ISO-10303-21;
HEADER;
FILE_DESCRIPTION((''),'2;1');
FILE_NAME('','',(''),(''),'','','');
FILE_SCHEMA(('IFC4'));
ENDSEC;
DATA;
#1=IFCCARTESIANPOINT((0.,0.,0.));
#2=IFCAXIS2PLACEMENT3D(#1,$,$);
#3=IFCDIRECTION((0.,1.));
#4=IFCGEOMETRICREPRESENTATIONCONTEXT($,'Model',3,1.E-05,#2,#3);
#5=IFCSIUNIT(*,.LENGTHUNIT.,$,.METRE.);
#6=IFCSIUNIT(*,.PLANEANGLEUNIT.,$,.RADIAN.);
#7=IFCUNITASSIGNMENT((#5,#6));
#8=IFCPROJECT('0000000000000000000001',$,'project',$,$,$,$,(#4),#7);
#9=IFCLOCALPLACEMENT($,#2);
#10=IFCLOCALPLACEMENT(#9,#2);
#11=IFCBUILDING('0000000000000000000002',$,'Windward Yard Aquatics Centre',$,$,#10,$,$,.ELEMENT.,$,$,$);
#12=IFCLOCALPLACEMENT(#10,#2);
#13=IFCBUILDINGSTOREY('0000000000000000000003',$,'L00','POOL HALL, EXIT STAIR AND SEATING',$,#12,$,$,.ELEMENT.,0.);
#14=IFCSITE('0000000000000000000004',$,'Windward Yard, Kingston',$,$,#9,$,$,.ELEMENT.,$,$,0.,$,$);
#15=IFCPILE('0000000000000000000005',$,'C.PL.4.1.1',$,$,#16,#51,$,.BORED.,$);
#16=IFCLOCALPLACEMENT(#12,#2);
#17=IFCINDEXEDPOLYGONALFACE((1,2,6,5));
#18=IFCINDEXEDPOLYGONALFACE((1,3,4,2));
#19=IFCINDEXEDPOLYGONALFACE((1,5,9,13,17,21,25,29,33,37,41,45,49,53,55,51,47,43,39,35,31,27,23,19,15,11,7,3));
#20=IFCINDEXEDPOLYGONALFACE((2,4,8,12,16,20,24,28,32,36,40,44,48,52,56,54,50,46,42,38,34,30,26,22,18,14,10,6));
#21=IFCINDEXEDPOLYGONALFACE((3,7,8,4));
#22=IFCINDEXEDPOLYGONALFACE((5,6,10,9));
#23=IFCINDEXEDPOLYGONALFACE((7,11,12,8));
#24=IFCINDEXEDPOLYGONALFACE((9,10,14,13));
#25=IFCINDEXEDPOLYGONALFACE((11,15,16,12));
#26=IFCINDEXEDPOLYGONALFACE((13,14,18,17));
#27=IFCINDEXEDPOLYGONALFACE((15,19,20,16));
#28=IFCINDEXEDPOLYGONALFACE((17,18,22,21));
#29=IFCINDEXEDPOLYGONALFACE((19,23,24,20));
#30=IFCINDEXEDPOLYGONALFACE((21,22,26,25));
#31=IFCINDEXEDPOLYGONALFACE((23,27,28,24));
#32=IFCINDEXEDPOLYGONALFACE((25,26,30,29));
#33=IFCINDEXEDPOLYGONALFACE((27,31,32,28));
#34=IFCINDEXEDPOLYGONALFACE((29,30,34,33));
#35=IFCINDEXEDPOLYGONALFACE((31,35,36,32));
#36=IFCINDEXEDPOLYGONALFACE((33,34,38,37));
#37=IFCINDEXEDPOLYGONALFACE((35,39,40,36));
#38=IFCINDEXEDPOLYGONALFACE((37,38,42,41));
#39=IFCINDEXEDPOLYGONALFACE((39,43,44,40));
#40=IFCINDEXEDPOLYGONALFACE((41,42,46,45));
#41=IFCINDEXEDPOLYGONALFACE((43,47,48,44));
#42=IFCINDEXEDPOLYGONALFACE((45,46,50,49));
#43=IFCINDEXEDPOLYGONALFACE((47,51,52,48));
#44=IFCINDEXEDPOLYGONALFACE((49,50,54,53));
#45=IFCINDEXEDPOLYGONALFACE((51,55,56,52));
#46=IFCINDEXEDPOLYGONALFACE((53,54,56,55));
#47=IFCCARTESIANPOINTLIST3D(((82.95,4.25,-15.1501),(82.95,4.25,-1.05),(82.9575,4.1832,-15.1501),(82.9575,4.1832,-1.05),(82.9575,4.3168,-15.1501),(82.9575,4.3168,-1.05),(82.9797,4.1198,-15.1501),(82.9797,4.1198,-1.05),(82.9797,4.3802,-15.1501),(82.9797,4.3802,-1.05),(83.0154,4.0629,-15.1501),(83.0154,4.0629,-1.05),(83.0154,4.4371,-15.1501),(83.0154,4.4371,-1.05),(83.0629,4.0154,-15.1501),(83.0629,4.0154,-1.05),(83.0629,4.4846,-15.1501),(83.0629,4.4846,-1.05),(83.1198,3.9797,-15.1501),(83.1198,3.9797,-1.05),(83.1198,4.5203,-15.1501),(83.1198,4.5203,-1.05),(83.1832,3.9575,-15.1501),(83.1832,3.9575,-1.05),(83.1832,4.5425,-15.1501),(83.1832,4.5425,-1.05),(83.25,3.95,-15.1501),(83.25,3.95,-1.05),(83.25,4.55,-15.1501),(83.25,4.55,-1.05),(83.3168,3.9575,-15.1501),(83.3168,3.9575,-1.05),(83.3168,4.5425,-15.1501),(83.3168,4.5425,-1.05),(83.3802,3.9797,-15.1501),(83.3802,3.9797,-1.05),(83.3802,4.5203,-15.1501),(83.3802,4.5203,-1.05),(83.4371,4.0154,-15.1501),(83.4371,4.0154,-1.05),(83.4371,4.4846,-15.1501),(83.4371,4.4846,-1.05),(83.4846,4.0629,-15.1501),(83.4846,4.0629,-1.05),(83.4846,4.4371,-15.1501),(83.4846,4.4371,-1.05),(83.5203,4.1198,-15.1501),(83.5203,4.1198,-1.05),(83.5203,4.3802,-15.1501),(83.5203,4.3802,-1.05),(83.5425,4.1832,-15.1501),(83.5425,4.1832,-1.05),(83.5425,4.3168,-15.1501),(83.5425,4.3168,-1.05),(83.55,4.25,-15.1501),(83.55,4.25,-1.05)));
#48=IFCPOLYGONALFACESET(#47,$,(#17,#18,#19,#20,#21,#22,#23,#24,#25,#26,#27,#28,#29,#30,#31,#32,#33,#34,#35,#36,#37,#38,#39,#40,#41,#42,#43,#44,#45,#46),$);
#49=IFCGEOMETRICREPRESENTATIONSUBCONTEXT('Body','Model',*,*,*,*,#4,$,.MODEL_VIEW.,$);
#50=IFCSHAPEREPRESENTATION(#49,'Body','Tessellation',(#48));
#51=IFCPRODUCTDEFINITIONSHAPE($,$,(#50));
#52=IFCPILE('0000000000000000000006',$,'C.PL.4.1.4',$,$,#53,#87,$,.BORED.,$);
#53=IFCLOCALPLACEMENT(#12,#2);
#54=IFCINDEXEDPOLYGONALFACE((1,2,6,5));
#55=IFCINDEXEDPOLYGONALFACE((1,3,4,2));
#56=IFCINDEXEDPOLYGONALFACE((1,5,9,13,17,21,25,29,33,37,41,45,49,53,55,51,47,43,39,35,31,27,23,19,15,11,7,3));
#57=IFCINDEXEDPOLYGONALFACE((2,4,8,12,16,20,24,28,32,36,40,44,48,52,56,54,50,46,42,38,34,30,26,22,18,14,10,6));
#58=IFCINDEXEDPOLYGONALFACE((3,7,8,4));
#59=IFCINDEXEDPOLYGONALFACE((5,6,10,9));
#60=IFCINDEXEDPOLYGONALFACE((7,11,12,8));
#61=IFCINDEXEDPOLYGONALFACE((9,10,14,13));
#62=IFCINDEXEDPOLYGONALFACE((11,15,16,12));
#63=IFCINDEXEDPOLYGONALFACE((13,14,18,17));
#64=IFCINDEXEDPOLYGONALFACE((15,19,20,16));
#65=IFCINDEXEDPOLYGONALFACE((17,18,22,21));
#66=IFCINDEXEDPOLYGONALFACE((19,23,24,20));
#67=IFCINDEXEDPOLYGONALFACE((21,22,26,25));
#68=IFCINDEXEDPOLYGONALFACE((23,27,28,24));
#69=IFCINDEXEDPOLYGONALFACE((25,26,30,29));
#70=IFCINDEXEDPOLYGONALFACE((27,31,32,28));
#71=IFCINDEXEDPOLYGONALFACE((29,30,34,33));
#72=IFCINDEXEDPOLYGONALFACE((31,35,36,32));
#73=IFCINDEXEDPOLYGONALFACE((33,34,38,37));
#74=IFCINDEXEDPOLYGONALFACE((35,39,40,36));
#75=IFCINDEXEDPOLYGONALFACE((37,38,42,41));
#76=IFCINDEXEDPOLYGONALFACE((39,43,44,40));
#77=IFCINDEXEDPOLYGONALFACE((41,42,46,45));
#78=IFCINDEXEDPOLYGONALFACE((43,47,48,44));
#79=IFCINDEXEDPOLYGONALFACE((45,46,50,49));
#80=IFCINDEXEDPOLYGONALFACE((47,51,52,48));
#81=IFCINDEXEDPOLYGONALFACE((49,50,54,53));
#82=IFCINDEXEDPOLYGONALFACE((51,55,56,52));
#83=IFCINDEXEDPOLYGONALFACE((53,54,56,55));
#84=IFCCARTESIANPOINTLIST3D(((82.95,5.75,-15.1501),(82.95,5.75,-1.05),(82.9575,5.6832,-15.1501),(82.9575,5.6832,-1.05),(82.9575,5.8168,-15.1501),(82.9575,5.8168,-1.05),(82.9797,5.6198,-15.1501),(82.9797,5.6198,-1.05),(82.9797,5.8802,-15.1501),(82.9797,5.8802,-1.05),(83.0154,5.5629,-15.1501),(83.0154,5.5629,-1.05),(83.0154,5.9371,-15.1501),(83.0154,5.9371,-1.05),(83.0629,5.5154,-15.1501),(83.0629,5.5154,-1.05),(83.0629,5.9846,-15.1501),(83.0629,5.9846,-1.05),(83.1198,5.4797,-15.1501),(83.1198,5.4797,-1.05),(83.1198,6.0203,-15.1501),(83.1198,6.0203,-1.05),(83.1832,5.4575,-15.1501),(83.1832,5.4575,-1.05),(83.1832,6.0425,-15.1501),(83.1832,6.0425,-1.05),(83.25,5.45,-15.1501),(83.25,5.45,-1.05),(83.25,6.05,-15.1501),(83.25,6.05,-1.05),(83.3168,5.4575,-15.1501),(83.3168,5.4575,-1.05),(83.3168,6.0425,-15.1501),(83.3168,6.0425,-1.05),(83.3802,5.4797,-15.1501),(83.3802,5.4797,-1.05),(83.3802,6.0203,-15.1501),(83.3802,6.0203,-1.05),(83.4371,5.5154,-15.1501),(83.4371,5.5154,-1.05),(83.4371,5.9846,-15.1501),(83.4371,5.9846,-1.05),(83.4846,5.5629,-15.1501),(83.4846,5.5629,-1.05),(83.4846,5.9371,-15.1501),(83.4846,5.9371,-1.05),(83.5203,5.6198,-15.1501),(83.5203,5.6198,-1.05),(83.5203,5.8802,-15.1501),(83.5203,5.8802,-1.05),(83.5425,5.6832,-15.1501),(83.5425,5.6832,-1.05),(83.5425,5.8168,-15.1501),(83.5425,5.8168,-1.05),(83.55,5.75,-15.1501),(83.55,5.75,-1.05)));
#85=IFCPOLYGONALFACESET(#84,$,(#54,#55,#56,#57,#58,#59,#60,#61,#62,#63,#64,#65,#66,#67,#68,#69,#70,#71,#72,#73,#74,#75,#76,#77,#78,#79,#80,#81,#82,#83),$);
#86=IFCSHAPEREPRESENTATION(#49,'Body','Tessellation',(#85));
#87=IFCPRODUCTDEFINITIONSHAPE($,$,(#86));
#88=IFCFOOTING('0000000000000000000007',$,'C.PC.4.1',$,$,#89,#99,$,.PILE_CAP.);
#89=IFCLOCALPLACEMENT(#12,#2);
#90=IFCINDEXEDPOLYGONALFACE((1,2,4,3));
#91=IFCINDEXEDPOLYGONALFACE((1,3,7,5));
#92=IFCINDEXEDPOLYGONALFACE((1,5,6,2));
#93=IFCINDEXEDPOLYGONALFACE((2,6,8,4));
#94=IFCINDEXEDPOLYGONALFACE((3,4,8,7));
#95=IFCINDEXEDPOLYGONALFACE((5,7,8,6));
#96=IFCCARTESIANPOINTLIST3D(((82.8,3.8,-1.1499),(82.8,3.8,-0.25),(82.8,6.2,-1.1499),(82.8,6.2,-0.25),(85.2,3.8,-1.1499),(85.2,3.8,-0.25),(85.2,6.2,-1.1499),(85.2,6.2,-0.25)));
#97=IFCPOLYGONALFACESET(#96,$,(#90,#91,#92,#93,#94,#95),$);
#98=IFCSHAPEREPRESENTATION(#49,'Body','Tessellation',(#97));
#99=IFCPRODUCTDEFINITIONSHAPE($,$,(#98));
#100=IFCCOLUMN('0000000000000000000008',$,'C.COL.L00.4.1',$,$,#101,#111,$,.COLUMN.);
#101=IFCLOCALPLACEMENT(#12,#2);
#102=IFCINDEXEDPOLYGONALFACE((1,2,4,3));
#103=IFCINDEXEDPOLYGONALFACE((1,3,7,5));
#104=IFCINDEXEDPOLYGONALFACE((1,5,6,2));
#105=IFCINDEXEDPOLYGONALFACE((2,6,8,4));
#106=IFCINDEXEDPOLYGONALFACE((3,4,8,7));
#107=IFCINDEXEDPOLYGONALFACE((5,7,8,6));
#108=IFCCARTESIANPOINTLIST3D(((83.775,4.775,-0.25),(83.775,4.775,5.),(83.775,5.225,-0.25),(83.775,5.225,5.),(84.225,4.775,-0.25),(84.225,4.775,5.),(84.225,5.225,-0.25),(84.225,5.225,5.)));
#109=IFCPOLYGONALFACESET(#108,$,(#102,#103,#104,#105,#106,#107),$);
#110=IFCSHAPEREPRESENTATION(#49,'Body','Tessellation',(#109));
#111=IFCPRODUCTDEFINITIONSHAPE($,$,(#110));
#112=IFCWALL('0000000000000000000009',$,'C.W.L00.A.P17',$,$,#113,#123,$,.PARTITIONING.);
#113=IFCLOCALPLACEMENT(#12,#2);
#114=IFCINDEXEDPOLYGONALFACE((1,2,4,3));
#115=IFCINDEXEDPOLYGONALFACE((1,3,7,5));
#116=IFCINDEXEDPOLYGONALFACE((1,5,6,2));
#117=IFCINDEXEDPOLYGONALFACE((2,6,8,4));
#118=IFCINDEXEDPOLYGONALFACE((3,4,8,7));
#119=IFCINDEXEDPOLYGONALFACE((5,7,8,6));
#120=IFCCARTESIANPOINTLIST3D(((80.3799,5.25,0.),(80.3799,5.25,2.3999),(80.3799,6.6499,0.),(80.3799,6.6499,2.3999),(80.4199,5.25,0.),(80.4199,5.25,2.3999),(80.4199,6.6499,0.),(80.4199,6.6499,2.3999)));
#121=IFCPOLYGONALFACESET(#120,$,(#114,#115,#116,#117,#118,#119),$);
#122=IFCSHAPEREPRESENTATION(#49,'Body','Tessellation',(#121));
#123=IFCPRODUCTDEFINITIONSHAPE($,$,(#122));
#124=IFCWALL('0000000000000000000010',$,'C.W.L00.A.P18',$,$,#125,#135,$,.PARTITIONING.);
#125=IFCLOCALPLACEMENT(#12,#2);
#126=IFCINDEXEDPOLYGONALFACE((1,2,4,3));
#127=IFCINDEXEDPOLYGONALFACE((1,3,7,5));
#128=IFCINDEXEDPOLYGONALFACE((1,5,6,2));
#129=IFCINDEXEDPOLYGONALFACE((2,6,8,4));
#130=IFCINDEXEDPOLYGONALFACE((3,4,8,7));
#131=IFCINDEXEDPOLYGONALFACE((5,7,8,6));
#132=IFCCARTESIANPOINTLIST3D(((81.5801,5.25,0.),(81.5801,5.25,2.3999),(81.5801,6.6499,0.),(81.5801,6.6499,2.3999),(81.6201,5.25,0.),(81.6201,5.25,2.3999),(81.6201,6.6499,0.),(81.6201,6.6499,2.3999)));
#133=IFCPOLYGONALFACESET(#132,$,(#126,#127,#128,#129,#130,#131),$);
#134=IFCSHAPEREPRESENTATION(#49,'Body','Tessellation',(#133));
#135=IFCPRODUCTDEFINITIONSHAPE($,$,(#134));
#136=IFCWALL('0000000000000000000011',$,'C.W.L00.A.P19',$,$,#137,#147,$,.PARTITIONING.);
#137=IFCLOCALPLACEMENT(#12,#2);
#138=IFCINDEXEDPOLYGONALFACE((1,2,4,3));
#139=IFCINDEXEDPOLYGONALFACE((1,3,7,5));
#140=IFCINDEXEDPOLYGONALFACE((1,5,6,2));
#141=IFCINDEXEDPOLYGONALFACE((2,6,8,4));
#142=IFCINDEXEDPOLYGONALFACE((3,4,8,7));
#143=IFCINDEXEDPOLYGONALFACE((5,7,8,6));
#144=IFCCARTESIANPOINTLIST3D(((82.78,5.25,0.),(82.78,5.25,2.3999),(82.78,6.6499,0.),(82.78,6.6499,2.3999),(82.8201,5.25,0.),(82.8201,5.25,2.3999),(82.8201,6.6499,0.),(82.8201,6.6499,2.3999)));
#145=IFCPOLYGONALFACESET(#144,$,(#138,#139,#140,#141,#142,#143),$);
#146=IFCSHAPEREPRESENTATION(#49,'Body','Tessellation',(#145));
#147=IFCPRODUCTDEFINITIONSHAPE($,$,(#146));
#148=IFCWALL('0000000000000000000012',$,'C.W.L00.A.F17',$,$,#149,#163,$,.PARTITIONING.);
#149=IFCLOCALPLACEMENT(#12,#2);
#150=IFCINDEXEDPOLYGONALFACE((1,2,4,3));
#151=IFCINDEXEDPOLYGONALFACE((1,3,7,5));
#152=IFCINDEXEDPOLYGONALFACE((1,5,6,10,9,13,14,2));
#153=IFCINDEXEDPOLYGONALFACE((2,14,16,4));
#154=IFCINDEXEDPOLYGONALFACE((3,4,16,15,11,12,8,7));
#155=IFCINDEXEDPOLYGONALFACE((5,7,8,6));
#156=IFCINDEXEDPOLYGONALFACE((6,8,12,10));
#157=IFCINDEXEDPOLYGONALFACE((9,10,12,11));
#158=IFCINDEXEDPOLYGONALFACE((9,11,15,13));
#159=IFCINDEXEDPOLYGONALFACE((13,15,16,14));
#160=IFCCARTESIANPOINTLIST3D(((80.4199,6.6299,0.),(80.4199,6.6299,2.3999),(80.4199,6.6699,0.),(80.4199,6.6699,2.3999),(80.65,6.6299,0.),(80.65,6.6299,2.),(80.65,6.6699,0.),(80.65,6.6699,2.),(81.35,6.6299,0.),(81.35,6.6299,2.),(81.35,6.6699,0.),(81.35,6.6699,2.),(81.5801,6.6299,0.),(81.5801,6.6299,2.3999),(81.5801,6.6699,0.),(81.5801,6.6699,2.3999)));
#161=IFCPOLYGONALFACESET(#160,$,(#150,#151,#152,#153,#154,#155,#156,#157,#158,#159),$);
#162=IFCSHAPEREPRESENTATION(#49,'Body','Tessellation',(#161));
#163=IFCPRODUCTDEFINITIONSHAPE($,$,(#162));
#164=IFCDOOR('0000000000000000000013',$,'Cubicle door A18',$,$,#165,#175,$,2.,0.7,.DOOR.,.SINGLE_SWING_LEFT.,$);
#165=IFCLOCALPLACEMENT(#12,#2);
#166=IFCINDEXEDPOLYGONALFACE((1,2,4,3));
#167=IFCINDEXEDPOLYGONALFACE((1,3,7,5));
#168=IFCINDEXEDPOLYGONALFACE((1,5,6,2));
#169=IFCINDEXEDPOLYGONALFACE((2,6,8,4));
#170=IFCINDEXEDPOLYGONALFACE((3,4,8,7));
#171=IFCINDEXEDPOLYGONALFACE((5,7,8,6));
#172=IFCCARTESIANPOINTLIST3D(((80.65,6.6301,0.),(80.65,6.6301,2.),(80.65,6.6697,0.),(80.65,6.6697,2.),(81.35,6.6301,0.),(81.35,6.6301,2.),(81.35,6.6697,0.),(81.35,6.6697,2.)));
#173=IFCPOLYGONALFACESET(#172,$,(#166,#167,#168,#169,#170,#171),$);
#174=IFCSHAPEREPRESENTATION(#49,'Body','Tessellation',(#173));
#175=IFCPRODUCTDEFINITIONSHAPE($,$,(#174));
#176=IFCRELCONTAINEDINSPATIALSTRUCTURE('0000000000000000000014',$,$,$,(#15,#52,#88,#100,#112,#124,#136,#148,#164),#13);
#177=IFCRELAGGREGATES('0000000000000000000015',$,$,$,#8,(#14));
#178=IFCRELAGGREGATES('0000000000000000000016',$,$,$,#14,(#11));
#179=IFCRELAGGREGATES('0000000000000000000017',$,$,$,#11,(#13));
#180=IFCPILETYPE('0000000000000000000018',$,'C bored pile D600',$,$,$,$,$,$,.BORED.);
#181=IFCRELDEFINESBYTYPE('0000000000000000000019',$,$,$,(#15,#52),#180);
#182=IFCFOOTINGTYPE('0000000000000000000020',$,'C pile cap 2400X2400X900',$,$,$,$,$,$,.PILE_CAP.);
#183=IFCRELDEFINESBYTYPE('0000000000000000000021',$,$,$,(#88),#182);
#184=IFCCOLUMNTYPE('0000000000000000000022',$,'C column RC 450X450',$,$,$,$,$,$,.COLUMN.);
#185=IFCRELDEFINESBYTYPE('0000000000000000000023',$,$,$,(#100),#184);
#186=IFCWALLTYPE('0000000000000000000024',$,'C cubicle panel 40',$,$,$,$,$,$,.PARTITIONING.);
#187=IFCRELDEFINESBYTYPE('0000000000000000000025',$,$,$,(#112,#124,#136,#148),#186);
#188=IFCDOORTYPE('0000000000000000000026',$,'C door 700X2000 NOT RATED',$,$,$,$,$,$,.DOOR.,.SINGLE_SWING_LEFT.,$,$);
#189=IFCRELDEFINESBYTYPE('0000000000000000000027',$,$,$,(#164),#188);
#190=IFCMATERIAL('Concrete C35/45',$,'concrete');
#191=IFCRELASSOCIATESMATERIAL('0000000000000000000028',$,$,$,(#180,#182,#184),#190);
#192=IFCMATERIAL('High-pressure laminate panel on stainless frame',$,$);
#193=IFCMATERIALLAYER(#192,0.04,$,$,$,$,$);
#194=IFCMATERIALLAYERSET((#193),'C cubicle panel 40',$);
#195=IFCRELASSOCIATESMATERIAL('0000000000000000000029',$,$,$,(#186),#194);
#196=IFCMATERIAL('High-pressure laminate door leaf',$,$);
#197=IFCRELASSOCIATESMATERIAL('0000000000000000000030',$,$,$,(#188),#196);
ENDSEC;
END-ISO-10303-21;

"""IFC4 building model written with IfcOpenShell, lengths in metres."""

from ifc_helpers import new_model, si_unit, direction, frame, frame_2d, origin, origin_2d, place, context, subcontext, project, spatial, rectangle, circle, extrude, material, layer, layer_set, material_profile, profile_set, type_object, element, fill, save


model = new_model("IFC4")

# Units and contexts
model_context = context("Model", 3, precision=1e-05, world=origin(), true_north=direction((0.0, 1.0)))
body_context = subcontext(model_context, "Body", "Model", "MODEL_VIEW")
ifc_project = project(units=[si_unit("LENGTHUNIT", "METRE"), si_unit("PLANEANGLEUNIT", "RADIAN")], contexts=[model_context])

# Site, building, storey
site_placement = place(None, origin())
site = spatial("IfcSite", under=ifc_project, at=site_placement, Name="Windward Yard, Kingston", CompositionType="ELEMENT", RefElevation=0.0)
building_placement = place(site_placement, origin())
building = spatial("IfcBuilding", under=site, at=building_placement, Name="Windward Yard Aquatics Centre", CompositionType="ELEMENT")
storey_placement = place(building_placement, origin())
storey = spatial("IfcBuildingStorey", under=building, at=storey_placement, Name="L00", Description="POOL HALL, EXIT STAIR AND SEATING", CompositionType="ELEMENT", Elevation=0.0)

# Piles
ifc_material_1 = material(Name="Concrete C35/45", Category="concrete")
ifc_material_profile_1 = material_profile(ifc_material_1, circle(Radius=0.3, at=origin_2d()), Name="RC D600")
ifc_profile_set_1 = profile_set([ifc_material_profile_1], Name="Concrete C35/45")
pile_type = type_object("IfcPileType", Name="C bored pile D600", PredefinedType="BORED", material=ifc_profile_set_1)
for number, where, z_axis, x_axis, name in (
    (1, (83.25, 4.25, -1.05), (0.0, 0.0, -1.0), (1.0, 0.0, 0.0), "C.PL.4.1.1"),
    (2, (83.25, 5.75, -1.05), (0.0, 0.0, -1.0), (1.0, 0.0, 0.0), "C.PL.4.1.4"),
):
    element("IfcPile", number, at=place(storey_placement, frame(where, z_axis=z_axis, x_axis=x_axis)), inside=storey, type_object=pile_type, Name=name, PredefinedType="BORED", context=body_context, shape_type="SweptSolid", body=[
        extrude(circle(Radius=0.3, at=origin_2d()), origin(), (0.0, 0.0, 1.0), 14.1001),
    ])

# Footing
footing_type = type_object("IfcFootingType", Name="C pile cap 2400X2400X900", PredefinedType="PILE_CAP", material=ifc_material_1)
footing_placement = place(storey_placement, frame((84.0, 5.0, -1.1499), z_axis=(0.0, 0.0, 1.0), x_axis=(1.0, 0.0, 0.0)))
element("IfcFooting", 3, at=footing_placement, inside=storey, type_object=footing_type, Name="C.PC.4.1", PredefinedType="PILE_CAP", context=body_context, shape_type="SweptSolid", body=[
    extrude(rectangle(XDim=2.3999, YDim=2.3999, at=origin_2d()), origin(), (0.0, 0.0, 1.0), 0.8999),
])

# Column
ifc_material_profile_2 = material_profile(ifc_material_1, rectangle(XDim=0.45, YDim=0.45, at=origin_2d()), Name="RC 450X450")
ifc_profile_set_2 = profile_set([ifc_material_profile_2], Name="Concrete C35/45")
column_type = type_object("IfcColumnType", Name="C column RC 450X450", PredefinedType="COLUMN", material=ifc_profile_set_2)
column_placement = place(storey_placement, frame((84.0, 5.0, -0.25), z_axis=(0.0, 0.0, 1.0), x_axis=(1.0, 0.0, 0.0)))
element("IfcColumn", 4, at=column_placement, inside=storey, type_object=column_type, Name="C.COL.L00.4.1", PredefinedType="COLUMN", context=body_context, shape_type="SweptSolid", body=[
    extrude(rectangle(XDim=0.45, YDim=0.45, at=origin_2d()), origin(), (0.0, 0.0, 1.0), 5.25),
])

# Walls
ifc_material_2 = material(Name="High-pressure laminate panel on stainless frame")
ifc_layer = layer(ifc_material_2, 0.04)
ifc_layer_set = layer_set([ifc_layer], Name="C cubicle panel 40")
wall_type = type_object("IfcWallType", Name="C cubicle panel 40", PredefinedType="PARTITIONING", material=ifc_layer_set)
for number, where, z_axis, x_axis, name in (
    (5, (80.3999, 5.25, 0.0), (0.0, 0.0, 1.0), (0.0, 1.0, 0.0), "C.W.L00.A.P17"),
    (6, (81.6001, 5.25, 0.0), (0.0, 0.0, 1.0), (0.0, 1.0, 0.0), "C.W.L00.A.P18"),
    (7, (82.8, 5.25, 0.0), (0.0, 0.0, 1.0), (0.0, 1.0, 0.0), "C.W.L00.A.P19"),
):
    element("IfcWall", number, at=place(storey_placement, frame(where, z_axis=z_axis, x_axis=x_axis)), inside=storey, type_object=wall_type, Name=name, PredefinedType="PARTITIONING", context=body_context, shape_type="SweptSolid", body=[
        extrude(rectangle(XDim=1.3999, YDim=0.04, at=frame_2d((0.7, 0.0))), origin(), (0.0, 0.0, 1.0), 2.3999),
    ])

# Wall, opening, door
wall_1_placement = place(storey_placement, frame((80.4199, 6.6499, 0.0), z_axis=(0.0, 0.0, 1.0), x_axis=(1.0, 0.0, 0.0)))
wall_1 = element("IfcWall", 8, at=wall_1_placement, inside=storey, type_object=wall_type, Name="C.W.L00.A.F17", PredefinedType="PARTITIONING", context=body_context, shape_type="SweptSolid", body=[
    extrude(rectangle(XDim=1.1602, YDim=0.04, at=frame_2d((0.5801, 0.0))), origin(), (0.0, 0.0, 1.0), 2.3999),
])
opening_1_placement = place(wall_1_placement, frame((0.23, 0.0, 0.0)))
opening_1 = element("IfcOpeningElement", 9, at=opening_1_placement, cuts=wall_1, PredefinedType="OPENING", context=body_context, shape_type="SweptSolid", body=[
    extrude(rectangle(XDim=0.7, YDim=2.0, at=frame_2d((0.3501, 1.0))), frame((0.0, 0.03, 0.0), z_axis=(0.0, -1.0, 0.0), x_axis=(1.0, 0.0, 0.0)), (0.0, 0.0, 1.0), 0.0601),
])
ifc_material_3 = material(Name="High-pressure laminate door leaf")
door_type = type_object("IfcDoorType", Name="C door 700X2000 NOT RATED", OperationType="SINGLE_SWING_LEFT", PredefinedType="DOOR", material=ifc_material_3)
door_1_placement = place(opening_1_placement, origin())
door_1 = element("IfcDoor", 10, at=door_1_placement, inside=storey, type_object=door_type, Name="Cubicle door A18", OperationType="SINGLE_SWING_LEFT", OverallHeight=2.0, OverallWidth=0.7, PredefinedType="DOOR", context=body_context, shape_type="SweptSolid", body=[
    extrude(rectangle(XDim=0.7, YDim=2.0, at=frame_2d((0.3501, 1.0))), frame((0.0, 0.0198, 0.0), z_axis=(0.0, -1.0, 0.0), x_axis=(1.0, 0.0, 0.0)), (0.0, 0.0, 1.0), 0.0396),
])
fill(opening_1, door_1)

save(model, "model.ifc")
